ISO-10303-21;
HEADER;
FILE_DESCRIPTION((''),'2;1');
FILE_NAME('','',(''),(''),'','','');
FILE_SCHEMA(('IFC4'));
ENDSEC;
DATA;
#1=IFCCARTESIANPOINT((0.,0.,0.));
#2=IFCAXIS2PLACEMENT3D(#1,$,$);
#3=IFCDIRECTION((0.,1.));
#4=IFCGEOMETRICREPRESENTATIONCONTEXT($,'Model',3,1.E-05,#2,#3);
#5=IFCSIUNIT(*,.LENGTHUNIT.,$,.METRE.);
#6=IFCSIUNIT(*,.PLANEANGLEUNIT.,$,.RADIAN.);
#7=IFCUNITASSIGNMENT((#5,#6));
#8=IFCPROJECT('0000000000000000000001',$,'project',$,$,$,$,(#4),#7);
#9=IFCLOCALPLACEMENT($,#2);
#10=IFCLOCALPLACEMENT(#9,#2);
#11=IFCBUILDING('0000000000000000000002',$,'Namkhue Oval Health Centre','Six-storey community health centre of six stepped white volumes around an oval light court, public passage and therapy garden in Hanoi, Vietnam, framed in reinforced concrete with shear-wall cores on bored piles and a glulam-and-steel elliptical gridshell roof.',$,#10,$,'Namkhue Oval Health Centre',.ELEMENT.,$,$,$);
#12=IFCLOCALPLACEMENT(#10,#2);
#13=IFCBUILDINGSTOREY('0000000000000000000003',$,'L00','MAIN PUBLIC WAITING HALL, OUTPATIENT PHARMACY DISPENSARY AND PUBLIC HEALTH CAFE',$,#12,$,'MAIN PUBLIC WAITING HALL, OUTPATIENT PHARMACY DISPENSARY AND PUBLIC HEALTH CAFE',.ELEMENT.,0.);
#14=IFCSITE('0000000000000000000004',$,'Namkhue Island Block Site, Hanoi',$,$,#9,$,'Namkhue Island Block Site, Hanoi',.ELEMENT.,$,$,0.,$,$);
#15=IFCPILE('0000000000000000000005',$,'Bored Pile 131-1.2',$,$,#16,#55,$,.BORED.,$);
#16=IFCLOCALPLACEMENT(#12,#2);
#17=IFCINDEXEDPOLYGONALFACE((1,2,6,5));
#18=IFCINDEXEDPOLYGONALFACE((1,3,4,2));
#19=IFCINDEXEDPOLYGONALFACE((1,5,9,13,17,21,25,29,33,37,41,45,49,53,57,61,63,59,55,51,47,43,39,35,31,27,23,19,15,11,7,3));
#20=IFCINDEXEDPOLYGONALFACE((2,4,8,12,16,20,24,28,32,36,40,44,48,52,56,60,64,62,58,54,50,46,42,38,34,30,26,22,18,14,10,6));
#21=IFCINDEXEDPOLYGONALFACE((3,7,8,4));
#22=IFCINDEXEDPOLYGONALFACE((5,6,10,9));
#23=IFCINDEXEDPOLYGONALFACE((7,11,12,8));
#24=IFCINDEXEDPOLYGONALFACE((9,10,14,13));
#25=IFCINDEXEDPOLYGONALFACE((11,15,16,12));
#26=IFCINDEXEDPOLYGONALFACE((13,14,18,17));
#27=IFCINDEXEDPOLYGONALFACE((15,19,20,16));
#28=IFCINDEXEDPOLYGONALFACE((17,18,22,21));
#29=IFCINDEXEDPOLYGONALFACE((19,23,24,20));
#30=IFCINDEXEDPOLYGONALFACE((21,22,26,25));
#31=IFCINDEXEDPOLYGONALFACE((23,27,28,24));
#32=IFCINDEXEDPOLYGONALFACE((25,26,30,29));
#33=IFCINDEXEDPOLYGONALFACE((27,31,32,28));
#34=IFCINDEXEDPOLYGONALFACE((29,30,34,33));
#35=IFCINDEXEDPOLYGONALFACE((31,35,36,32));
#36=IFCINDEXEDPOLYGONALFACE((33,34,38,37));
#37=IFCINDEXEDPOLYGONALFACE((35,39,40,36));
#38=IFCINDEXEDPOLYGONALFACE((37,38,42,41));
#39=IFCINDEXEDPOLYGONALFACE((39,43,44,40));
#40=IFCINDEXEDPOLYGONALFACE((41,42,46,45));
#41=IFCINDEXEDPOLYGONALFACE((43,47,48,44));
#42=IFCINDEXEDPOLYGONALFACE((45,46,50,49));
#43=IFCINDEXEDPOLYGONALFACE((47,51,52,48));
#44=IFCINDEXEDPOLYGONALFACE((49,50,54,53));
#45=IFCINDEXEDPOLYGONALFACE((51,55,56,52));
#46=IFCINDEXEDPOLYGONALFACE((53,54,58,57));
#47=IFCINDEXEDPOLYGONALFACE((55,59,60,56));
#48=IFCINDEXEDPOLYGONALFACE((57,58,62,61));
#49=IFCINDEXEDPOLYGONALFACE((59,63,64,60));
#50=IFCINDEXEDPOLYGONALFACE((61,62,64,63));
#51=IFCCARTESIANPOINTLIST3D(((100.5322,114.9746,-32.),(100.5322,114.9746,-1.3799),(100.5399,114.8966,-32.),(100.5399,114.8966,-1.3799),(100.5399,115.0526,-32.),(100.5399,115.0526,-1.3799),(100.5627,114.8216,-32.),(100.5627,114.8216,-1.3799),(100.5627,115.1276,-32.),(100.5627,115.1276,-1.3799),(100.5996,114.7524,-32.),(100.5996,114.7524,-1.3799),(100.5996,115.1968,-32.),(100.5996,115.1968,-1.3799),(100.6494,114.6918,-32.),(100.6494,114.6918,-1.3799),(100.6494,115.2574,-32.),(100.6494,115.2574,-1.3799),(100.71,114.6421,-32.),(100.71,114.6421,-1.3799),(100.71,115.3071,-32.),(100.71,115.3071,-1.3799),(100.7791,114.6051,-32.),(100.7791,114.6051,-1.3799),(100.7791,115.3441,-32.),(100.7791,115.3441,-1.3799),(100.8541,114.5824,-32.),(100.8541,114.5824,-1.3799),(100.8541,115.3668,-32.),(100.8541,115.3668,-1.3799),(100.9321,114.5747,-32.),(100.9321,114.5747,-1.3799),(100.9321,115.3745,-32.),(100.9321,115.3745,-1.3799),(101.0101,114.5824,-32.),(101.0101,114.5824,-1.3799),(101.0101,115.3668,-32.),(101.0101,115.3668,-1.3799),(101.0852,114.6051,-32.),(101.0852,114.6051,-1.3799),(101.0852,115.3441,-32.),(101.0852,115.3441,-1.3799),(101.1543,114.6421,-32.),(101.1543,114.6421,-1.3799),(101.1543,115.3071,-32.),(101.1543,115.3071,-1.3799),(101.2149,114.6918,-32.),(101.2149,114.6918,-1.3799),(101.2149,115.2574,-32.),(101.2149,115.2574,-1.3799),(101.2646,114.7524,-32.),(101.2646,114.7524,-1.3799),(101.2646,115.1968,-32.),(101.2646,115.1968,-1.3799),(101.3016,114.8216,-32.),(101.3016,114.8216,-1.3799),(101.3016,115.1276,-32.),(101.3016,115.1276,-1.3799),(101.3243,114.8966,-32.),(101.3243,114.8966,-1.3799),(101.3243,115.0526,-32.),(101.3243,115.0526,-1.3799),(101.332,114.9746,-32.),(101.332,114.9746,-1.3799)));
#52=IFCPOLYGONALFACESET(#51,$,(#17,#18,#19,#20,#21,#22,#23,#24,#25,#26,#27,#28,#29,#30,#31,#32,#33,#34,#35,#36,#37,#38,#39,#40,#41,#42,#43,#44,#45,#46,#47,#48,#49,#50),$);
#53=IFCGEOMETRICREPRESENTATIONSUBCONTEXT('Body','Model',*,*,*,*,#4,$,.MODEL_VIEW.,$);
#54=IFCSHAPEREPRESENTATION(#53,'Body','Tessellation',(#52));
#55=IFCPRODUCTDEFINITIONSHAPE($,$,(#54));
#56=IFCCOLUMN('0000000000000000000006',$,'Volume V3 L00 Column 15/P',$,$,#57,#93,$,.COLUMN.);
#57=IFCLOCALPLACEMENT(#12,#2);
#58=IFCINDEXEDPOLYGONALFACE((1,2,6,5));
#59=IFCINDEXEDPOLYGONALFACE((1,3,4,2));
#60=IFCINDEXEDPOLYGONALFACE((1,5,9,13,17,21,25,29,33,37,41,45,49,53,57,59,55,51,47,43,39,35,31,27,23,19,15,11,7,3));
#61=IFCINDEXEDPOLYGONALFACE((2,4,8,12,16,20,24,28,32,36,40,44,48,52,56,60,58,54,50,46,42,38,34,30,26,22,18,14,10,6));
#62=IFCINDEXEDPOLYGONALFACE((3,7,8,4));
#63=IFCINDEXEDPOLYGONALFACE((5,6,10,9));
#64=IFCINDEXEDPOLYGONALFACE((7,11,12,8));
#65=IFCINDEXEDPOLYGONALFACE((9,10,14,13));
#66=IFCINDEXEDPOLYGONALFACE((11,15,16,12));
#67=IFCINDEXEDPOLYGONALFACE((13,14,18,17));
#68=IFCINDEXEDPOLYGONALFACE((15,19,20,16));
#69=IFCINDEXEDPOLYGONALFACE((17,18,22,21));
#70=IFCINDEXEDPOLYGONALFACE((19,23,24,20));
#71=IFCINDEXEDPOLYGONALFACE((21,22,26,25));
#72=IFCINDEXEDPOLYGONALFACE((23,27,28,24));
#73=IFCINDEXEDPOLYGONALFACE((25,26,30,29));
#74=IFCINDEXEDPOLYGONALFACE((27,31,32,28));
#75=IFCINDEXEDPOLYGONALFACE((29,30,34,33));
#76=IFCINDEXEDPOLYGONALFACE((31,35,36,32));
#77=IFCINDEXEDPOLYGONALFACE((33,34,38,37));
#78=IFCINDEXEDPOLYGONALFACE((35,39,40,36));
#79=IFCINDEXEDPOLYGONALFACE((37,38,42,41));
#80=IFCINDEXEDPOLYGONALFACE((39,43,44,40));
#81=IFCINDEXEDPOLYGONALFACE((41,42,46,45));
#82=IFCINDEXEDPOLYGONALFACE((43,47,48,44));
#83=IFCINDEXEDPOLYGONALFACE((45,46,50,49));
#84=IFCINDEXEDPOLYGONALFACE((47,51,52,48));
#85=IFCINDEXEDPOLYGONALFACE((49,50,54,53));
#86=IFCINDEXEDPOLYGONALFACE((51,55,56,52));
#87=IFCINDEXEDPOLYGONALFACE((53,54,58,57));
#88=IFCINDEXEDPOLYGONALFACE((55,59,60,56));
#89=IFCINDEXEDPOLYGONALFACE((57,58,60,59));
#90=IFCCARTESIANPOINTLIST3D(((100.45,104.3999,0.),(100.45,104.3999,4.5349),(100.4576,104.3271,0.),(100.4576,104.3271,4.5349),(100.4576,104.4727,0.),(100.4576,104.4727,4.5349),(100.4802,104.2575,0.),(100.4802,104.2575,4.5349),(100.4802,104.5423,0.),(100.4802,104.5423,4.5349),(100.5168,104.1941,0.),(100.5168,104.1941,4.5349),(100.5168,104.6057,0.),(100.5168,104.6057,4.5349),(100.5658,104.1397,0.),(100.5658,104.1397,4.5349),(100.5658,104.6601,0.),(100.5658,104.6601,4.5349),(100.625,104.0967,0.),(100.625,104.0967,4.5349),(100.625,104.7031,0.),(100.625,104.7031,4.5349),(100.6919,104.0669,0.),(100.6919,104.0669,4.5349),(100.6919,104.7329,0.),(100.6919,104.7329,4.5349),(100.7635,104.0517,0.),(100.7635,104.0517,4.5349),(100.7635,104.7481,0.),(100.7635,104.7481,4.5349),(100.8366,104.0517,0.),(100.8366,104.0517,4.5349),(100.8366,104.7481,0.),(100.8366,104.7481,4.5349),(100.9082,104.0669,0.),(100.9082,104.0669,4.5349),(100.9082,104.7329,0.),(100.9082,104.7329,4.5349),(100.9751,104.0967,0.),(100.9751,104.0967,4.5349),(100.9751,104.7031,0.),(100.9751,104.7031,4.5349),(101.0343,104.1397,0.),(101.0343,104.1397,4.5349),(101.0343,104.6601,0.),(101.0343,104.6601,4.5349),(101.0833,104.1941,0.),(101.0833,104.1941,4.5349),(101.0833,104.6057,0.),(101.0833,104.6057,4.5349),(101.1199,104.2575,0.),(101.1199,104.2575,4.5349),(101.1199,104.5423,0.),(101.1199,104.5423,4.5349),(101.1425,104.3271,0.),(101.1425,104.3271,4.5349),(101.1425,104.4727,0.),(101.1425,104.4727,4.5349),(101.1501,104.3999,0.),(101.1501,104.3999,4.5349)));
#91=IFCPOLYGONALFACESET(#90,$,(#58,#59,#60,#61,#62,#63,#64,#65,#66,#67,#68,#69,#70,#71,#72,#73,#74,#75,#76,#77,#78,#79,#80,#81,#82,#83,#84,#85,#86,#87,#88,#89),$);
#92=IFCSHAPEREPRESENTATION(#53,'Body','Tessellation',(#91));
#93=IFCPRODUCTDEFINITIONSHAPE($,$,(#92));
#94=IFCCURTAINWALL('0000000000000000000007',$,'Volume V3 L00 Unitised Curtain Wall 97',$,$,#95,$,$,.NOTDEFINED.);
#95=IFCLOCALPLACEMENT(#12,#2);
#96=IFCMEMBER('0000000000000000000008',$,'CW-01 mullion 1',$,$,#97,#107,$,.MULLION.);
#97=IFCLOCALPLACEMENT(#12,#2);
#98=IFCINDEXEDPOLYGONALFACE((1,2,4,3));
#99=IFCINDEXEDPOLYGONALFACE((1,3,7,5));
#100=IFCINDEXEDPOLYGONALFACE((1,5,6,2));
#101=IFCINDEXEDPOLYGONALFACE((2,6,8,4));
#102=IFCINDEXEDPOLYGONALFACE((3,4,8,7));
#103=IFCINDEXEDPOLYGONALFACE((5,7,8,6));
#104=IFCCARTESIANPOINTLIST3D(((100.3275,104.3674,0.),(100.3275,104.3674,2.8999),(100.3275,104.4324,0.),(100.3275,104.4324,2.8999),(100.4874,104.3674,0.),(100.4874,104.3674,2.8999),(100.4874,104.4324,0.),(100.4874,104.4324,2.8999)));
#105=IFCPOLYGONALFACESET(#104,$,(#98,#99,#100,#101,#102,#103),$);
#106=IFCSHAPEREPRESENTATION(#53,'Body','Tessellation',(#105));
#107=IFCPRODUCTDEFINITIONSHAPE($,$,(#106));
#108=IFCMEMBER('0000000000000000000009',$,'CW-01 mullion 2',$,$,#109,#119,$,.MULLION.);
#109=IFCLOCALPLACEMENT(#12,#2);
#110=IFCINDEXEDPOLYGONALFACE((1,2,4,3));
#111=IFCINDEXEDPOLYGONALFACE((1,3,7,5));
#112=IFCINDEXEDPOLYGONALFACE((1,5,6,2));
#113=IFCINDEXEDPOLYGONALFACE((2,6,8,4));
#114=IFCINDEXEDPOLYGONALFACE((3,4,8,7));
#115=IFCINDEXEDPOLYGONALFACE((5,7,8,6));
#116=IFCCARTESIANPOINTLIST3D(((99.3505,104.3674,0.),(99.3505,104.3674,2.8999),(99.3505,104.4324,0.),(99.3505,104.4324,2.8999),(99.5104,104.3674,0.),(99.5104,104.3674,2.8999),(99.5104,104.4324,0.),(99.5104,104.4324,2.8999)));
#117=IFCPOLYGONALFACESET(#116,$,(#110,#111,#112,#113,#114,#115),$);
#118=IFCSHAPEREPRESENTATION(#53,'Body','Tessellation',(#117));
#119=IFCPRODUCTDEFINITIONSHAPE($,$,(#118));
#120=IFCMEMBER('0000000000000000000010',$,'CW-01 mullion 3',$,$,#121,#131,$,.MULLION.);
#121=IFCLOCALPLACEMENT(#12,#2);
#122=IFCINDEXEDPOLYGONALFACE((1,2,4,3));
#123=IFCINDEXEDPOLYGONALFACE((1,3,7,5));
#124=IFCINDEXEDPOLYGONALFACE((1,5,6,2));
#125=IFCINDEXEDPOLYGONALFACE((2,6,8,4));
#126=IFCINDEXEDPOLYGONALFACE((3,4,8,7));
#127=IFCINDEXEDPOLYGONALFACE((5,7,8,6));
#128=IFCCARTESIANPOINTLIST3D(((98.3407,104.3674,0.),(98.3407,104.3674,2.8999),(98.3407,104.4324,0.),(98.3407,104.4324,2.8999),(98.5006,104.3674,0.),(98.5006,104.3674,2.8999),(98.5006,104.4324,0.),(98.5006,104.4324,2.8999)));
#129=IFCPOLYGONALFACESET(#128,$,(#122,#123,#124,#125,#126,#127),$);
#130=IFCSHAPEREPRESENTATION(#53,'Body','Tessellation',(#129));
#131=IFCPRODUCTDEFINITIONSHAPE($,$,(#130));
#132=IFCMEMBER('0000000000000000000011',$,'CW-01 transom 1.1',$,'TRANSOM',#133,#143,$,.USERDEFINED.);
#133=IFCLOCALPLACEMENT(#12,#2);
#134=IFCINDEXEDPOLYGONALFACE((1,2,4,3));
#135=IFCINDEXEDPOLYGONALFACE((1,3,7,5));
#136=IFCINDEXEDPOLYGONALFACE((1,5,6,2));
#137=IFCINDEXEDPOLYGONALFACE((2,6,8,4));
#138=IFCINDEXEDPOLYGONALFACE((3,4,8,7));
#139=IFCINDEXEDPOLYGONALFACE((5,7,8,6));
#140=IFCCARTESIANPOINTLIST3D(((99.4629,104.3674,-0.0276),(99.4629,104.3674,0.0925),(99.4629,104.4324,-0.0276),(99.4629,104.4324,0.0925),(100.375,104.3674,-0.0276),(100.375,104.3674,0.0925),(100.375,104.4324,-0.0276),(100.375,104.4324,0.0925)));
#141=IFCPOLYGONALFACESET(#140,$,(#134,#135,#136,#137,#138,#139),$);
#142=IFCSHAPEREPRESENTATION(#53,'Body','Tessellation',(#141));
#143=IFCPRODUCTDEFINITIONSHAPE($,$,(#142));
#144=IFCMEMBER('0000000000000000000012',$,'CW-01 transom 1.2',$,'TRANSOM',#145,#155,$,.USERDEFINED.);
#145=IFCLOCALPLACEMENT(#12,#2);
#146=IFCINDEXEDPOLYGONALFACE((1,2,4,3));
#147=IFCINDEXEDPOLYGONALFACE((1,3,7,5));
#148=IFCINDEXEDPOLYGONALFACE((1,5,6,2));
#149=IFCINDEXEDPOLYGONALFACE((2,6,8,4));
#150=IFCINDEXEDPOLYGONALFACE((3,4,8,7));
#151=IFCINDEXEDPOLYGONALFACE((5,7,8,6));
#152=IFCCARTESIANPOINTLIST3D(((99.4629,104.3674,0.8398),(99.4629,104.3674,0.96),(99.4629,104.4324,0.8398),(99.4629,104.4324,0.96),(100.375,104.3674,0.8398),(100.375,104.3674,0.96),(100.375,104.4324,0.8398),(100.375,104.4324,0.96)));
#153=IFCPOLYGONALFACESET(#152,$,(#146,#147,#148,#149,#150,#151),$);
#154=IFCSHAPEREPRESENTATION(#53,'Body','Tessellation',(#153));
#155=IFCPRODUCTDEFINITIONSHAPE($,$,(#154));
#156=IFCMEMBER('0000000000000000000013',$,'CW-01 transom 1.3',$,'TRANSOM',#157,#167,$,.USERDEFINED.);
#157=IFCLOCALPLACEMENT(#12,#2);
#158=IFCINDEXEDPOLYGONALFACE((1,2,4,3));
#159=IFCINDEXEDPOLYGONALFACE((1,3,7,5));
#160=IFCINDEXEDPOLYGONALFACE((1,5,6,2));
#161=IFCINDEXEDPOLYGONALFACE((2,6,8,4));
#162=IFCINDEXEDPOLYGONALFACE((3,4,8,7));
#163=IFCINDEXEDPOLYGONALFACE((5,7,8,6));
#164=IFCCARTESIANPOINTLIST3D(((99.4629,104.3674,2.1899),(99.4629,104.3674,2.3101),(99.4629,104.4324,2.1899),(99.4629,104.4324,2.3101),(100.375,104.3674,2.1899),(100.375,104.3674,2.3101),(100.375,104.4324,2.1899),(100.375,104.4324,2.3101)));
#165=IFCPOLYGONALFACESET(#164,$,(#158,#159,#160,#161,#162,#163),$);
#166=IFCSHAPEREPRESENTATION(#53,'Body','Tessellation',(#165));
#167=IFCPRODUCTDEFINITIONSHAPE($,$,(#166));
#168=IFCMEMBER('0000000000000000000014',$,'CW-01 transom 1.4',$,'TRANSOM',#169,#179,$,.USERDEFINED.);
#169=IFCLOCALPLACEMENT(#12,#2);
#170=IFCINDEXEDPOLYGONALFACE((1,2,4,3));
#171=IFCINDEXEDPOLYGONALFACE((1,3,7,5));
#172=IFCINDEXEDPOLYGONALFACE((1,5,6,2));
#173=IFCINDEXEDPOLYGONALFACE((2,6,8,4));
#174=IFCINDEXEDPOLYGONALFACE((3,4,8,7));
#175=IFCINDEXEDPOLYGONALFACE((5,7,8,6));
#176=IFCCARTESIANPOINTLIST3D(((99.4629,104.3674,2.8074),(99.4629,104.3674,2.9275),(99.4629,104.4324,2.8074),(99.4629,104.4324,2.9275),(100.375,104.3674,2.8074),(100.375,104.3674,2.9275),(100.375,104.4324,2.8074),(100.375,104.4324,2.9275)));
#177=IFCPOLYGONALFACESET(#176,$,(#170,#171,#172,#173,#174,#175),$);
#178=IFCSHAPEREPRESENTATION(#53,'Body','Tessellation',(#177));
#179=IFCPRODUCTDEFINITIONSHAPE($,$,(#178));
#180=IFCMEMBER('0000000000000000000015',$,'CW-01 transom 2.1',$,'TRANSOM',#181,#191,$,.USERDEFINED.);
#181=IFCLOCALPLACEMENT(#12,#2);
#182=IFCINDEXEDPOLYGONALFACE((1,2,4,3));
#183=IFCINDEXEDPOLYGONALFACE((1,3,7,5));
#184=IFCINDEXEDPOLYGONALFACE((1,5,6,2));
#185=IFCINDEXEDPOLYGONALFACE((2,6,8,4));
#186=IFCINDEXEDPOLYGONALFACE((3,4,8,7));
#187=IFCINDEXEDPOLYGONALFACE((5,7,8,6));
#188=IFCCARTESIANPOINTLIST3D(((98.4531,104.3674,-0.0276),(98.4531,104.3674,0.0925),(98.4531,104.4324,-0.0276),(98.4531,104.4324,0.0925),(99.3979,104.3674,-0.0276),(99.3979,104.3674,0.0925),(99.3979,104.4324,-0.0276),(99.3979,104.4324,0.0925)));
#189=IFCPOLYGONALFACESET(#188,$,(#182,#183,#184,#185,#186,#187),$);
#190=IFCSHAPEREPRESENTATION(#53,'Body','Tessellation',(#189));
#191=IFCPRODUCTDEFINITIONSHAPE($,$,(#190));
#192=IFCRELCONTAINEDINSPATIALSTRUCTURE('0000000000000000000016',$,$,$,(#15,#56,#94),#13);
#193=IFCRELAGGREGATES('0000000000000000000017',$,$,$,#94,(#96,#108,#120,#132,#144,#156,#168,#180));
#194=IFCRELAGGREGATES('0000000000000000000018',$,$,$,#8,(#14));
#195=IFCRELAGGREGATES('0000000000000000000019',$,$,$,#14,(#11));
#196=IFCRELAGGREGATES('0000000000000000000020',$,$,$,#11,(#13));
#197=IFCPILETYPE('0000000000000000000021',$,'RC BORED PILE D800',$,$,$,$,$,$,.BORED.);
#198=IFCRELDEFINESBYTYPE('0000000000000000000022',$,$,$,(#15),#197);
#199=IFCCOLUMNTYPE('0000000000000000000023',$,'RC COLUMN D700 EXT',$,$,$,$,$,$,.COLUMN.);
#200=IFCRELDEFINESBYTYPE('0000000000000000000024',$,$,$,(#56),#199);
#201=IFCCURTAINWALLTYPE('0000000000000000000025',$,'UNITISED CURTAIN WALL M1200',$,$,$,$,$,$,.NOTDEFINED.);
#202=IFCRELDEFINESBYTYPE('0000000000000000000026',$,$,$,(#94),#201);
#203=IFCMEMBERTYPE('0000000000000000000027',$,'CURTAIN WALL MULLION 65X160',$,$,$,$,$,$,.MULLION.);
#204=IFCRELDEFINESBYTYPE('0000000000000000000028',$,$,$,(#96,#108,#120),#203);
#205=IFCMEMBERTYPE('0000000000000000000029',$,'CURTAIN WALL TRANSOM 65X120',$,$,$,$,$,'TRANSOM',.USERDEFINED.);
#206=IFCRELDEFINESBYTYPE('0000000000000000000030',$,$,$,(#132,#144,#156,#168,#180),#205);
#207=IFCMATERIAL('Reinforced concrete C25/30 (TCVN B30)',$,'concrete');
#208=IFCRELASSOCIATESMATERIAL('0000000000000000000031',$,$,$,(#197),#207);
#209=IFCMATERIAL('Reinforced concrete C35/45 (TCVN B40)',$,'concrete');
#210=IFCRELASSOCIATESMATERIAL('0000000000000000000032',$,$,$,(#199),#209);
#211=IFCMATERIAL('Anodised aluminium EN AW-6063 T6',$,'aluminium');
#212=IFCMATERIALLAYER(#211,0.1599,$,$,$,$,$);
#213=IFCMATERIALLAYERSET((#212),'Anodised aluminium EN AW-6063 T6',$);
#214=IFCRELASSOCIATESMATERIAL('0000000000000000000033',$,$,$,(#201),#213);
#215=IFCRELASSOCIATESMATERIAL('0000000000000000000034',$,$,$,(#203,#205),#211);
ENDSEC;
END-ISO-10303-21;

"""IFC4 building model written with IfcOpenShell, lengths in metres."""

from ifc_helpers import new_model, si_unit, direction, frame, origin, origin_2d, place, context, subcontext, project, spatial, rectangle, circle, extrude, material, layer, layer_set, material_profile, profile_set, type_object, element, aggregate, save


model = new_model("IFC4")

# Units and contexts
model_context = context("Model", 3, precision=1e-05, world=origin(), true_north=direction((0.0, 1.0)))
body_context = subcontext(model_context, "Body", "Model", "MODEL_VIEW")
ifc_project = project(units=[si_unit("LENGTHUNIT", "METRE"), si_unit("PLANEANGLEUNIT", "RADIAN")], contexts=[model_context])

# Site, building, storey
site_placement = place(None, origin())
site = spatial("IfcSite", under=ifc_project, at=site_placement, Name="Namkhue Island Block Site, Hanoi", LongName="Namkhue Island Block Site, Hanoi", CompositionType="ELEMENT", RefElevation=0.0)
building_placement = place(site_placement, origin())
building = spatial("IfcBuilding", under=site, at=building_placement, Name="Namkhue Oval Health Centre", Description="Six-storey community health centre of six stepped white volumes around an oval light court, public passage and therapy garden in Hanoi, Vietnam, framed in reinforced concrete with shear-wall cores on bored piles and a glulam-and-steel elliptical gridshell roof.", LongName="Namkhue Oval Health Centre", CompositionType="ELEMENT")
storey_placement = place(building_placement, origin())
storey = spatial("IfcBuildingStorey", under=building, at=storey_placement, Name="L00", Description="MAIN PUBLIC WAITING HALL, OUTPATIENT PHARMACY DISPENSARY AND PUBLIC HEALTH CAFE", LongName="MAIN PUBLIC WAITING HALL, OUTPATIENT PHARMACY DISPENSARY AND PUBLIC HEALTH CAFE", CompositionType="ELEMENT", Elevation=0.0)

# Pile
ifc_material_1 = material(Name="Reinforced concrete C25/30 (TCVN B30)", Category="concrete")
ifc_material_profile_1 = material_profile(ifc_material_1, circle(Radius=0.3999, at=origin_2d()), Name="BORED PILE D800")
ifc_profile_set_1 = profile_set([ifc_material_profile_1], Name="Reinforced concrete C25/30 (TCVN B30)")
pile_type = type_object("IfcPileType", Name="RC BORED PILE D800", PredefinedType="BORED", material=ifc_profile_set_1)
for number, where, z_axis, x_axis, name in (
    (1, (100.9321, 114.9746, -1.3799), (0.0, 0.0, -1.0), (1.0, 0.0, 0.0), "Bored Pile 131-1.2"),
):
    element("IfcPile", number, at=place(storey_placement, frame(where, z_axis=z_axis, x_axis=x_axis)), inside=storey, type_object=pile_type, Name=name, PredefinedType="BORED", context=body_context, shape_type="SweptSolid", body=[
        extrude(circle(Radius=0.3999, at=origin_2d()), origin(), (0.0, 0.0, 1.0), 30.6201),
    ])

# Column
ifc_material_2 = material(Name="Reinforced concrete C35/45 (TCVN B40)", Category="concrete")
ifc_material_profile_2 = material_profile(ifc_material_2, circle(Radius=0.3501, at=origin_2d()), Name="RC D700")
ifc_profile_set_2 = profile_set([ifc_material_profile_2], Name="Reinforced concrete C35/45 (TCVN B40)")
column_type = type_object("IfcColumnType", Name="RC COLUMN D700 EXT", PredefinedType="COLUMN", material=ifc_profile_set_2)
column_placement = place(storey_placement, frame((100.8, 104.3999, 0.0), z_axis=(0.0, 0.0, 1.0), x_axis=(1.0, 0.0, 0.0)))
element("IfcColumn", 2, at=column_placement, inside=storey, type_object=column_type, Name="Volume V3 L00 Column 15/P", PredefinedType="COLUMN", context=body_context, shape_type="SweptSolid", body=[
    extrude(circle(Radius=0.3501, at=origin_2d()), origin(), (0.0, 0.0, 1.0), 4.5349),
])

# Curtain wall, members
ifc_material_3 = material(Name="Anodised aluminium EN AW-6063 T6", Category="aluminium")
ifc_layer_1 = layer(ifc_material_3, 0.1599)
ifc_layer_set_1 = layer_set([ifc_layer_1], Name="Anodised aluminium EN AW-6063 T6")
curtain_wall_type = type_object("IfcCurtainWallType", Name="UNITISED CURTAIN WALL M1200", PredefinedType="NOTDEFINED", material=ifc_layer_set_1)
curtain_wall_placement = place(storey_placement, origin())
curtain_wall = element("IfcCurtainWall", 3, at=curtain_wall_placement, inside=storey, type_object=curtain_wall_type, Name="Volume V3 L00 Unitised Curtain Wall 97", PredefinedType="NOTDEFINED")
ifc_material_profile_3 = material_profile(ifc_material_3, rectangle(XDim=0.0649, YDim=0.1599, at=origin_2d()), Name="ALU 65x160")
ifc_profile_set_3 = profile_set([ifc_material_profile_3], Name="Anodised aluminium EN AW-6063 T6")
member_type_1 = type_object("IfcMemberType", Name="CURTAIN WALL MULLION 65X160", PredefinedType="MULLION", material=ifc_profile_set_3)
member_1_placement = place(storey_placement, frame((100.4075, 104.3999, 0.0), z_axis=(0.0, 0.0, 1.0), x_axis=(0.0, -1.0, 0.0)))
member_1 = element("IfcMember", 4, at=member_1_placement, type_object=member_type_1, Name="CW-01 mullion 1", PredefinedType="MULLION", context=body_context, shape_type="SweptSolid", body=[
    extrude(rectangle(XDim=0.0649, YDim=0.1599, at=origin_2d()), origin(), (0.0, 0.0, 1.0), 2.8999),
])
member_2_placement = place(storey_placement, frame((99.4304, 104.3999, 0.0), z_axis=(0.0, 0.0, 1.0), x_axis=(0.0, -1.0, 0.0)))
member_2 = element("IfcMember", 5, at=member_2_placement, type_object=member_type_1, Name="CW-01 mullion 2", PredefinedType="MULLION", context=body_context, shape_type="SweptSolid", body=[
    extrude(rectangle(XDim=0.0649, YDim=0.1599, at=origin_2d()), origin(), (0.0, 0.0, 1.0), 2.8999),
])
member_3_placement = place(storey_placement, frame((98.4207, 104.3999, 0.0), z_axis=(0.0, 0.0, 1.0), x_axis=(0.0, -1.0, 0.0)))
member_3 = element("IfcMember", 6, at=member_3_placement, type_object=member_type_1, Name="CW-01 mullion 3", PredefinedType="MULLION", context=body_context, shape_type="SweptSolid", body=[
    extrude(rectangle(XDim=0.0649, YDim=0.1599, at=origin_2d()), origin(), (0.0, 0.0, 1.0), 2.8999),
])
ifc_material_profile_4 = material_profile(ifc_material_3, rectangle(XDim=0.0649, YDim=0.1201, at=origin_2d()), Name="ALU 65x120")
ifc_profile_set_4 = profile_set([ifc_material_profile_4], Name="Anodised aluminium EN AW-6063 T6")
member_type_2 = type_object("IfcMemberType", Name="CURTAIN WALL TRANSOM 65X120", ElementType="TRANSOM", PredefinedType="USERDEFINED", material=ifc_profile_set_4)
member_4_placement = place(storey_placement, frame((100.375, 104.3999, 0.0325), z_axis=(-1.0, 0.0, 0.0), x_axis=(0.0, -1.0, 0.0)))
member_4 = element("IfcMember", 7, at=member_4_placement, type_object=member_type_2, Name="CW-01 transom 1.1", ObjectType="TRANSOM", PredefinedType="USERDEFINED", context=body_context, shape_type="SweptSolid", body=[
    extrude(rectangle(XDim=0.0649, YDim=0.1201, at=origin_2d()), origin(), (0.0, 0.0, 1.0), 0.9121),
])
member_5_placement = place(storey_placement, frame((100.375, 104.3999, 0.8999), z_axis=(-1.0, 0.0, 0.0), x_axis=(0.0, -1.0, 0.0)))
member_5 = element("IfcMember", 8, at=member_5_placement, type_object=member_type_2, Name="CW-01 transom 1.2", ObjectType="TRANSOM", PredefinedType="USERDEFINED", context=body_context, shape_type="SweptSolid", body=[
    extrude(rectangle(XDim=0.0649, YDim=0.1201, at=origin_2d()), origin(), (0.0, 0.0, 1.0), 0.9121),
])
member_6_placement = place(storey_placement, frame((100.375, 104.3999, 2.25), z_axis=(-1.0, 0.0, 0.0), x_axis=(0.0, -1.0, 0.0)))
member_6 = element("IfcMember", 9, at=member_6_placement, type_object=member_type_2, Name="CW-01 transom 1.3", ObjectType="TRANSOM", PredefinedType="USERDEFINED", context=body_context, shape_type="SweptSolid", body=[
    extrude(rectangle(XDim=0.0649, YDim=0.1201, at=origin_2d()), origin(), (0.0, 0.0, 1.0), 0.9121),
])
member_7_placement = place(storey_placement, frame((100.375, 104.3999, 2.8674), z_axis=(-1.0, 0.0, 0.0), x_axis=(0.0, -1.0, 0.0)))
member_7 = element("IfcMember", 10, at=member_7_placement, type_object=member_type_2, Name="CW-01 transom 1.4", ObjectType="TRANSOM", PredefinedType="USERDEFINED", context=body_context, shape_type="SweptSolid", body=[
    extrude(rectangle(XDim=0.0649, YDim=0.1201, at=origin_2d()), origin(), (0.0, 0.0, 1.0), 0.9121),
])
member_8_placement = place(storey_placement, frame((99.3979, 104.3999, 0.0325), z_axis=(-1.0, 0.0, 0.0), x_axis=(0.0, -1.0, 0.0)))
member_8 = element("IfcMember", 11, at=member_8_placement, type_object=member_type_2, Name="CW-01 transom 2.1", ObjectType="TRANSOM", PredefinedType="USERDEFINED", context=body_context, shape_type="SweptSolid", body=[
    extrude(rectangle(XDim=0.0649, YDim=0.1201, at=origin_2d()), origin(), (0.0, 0.0, 1.0), 0.9448),
])
aggregate(curtain_wall, [member_1, member_2, member_3, member_4, member_5, member_6, member_7, member_8])

save(model, "model.ifc")
